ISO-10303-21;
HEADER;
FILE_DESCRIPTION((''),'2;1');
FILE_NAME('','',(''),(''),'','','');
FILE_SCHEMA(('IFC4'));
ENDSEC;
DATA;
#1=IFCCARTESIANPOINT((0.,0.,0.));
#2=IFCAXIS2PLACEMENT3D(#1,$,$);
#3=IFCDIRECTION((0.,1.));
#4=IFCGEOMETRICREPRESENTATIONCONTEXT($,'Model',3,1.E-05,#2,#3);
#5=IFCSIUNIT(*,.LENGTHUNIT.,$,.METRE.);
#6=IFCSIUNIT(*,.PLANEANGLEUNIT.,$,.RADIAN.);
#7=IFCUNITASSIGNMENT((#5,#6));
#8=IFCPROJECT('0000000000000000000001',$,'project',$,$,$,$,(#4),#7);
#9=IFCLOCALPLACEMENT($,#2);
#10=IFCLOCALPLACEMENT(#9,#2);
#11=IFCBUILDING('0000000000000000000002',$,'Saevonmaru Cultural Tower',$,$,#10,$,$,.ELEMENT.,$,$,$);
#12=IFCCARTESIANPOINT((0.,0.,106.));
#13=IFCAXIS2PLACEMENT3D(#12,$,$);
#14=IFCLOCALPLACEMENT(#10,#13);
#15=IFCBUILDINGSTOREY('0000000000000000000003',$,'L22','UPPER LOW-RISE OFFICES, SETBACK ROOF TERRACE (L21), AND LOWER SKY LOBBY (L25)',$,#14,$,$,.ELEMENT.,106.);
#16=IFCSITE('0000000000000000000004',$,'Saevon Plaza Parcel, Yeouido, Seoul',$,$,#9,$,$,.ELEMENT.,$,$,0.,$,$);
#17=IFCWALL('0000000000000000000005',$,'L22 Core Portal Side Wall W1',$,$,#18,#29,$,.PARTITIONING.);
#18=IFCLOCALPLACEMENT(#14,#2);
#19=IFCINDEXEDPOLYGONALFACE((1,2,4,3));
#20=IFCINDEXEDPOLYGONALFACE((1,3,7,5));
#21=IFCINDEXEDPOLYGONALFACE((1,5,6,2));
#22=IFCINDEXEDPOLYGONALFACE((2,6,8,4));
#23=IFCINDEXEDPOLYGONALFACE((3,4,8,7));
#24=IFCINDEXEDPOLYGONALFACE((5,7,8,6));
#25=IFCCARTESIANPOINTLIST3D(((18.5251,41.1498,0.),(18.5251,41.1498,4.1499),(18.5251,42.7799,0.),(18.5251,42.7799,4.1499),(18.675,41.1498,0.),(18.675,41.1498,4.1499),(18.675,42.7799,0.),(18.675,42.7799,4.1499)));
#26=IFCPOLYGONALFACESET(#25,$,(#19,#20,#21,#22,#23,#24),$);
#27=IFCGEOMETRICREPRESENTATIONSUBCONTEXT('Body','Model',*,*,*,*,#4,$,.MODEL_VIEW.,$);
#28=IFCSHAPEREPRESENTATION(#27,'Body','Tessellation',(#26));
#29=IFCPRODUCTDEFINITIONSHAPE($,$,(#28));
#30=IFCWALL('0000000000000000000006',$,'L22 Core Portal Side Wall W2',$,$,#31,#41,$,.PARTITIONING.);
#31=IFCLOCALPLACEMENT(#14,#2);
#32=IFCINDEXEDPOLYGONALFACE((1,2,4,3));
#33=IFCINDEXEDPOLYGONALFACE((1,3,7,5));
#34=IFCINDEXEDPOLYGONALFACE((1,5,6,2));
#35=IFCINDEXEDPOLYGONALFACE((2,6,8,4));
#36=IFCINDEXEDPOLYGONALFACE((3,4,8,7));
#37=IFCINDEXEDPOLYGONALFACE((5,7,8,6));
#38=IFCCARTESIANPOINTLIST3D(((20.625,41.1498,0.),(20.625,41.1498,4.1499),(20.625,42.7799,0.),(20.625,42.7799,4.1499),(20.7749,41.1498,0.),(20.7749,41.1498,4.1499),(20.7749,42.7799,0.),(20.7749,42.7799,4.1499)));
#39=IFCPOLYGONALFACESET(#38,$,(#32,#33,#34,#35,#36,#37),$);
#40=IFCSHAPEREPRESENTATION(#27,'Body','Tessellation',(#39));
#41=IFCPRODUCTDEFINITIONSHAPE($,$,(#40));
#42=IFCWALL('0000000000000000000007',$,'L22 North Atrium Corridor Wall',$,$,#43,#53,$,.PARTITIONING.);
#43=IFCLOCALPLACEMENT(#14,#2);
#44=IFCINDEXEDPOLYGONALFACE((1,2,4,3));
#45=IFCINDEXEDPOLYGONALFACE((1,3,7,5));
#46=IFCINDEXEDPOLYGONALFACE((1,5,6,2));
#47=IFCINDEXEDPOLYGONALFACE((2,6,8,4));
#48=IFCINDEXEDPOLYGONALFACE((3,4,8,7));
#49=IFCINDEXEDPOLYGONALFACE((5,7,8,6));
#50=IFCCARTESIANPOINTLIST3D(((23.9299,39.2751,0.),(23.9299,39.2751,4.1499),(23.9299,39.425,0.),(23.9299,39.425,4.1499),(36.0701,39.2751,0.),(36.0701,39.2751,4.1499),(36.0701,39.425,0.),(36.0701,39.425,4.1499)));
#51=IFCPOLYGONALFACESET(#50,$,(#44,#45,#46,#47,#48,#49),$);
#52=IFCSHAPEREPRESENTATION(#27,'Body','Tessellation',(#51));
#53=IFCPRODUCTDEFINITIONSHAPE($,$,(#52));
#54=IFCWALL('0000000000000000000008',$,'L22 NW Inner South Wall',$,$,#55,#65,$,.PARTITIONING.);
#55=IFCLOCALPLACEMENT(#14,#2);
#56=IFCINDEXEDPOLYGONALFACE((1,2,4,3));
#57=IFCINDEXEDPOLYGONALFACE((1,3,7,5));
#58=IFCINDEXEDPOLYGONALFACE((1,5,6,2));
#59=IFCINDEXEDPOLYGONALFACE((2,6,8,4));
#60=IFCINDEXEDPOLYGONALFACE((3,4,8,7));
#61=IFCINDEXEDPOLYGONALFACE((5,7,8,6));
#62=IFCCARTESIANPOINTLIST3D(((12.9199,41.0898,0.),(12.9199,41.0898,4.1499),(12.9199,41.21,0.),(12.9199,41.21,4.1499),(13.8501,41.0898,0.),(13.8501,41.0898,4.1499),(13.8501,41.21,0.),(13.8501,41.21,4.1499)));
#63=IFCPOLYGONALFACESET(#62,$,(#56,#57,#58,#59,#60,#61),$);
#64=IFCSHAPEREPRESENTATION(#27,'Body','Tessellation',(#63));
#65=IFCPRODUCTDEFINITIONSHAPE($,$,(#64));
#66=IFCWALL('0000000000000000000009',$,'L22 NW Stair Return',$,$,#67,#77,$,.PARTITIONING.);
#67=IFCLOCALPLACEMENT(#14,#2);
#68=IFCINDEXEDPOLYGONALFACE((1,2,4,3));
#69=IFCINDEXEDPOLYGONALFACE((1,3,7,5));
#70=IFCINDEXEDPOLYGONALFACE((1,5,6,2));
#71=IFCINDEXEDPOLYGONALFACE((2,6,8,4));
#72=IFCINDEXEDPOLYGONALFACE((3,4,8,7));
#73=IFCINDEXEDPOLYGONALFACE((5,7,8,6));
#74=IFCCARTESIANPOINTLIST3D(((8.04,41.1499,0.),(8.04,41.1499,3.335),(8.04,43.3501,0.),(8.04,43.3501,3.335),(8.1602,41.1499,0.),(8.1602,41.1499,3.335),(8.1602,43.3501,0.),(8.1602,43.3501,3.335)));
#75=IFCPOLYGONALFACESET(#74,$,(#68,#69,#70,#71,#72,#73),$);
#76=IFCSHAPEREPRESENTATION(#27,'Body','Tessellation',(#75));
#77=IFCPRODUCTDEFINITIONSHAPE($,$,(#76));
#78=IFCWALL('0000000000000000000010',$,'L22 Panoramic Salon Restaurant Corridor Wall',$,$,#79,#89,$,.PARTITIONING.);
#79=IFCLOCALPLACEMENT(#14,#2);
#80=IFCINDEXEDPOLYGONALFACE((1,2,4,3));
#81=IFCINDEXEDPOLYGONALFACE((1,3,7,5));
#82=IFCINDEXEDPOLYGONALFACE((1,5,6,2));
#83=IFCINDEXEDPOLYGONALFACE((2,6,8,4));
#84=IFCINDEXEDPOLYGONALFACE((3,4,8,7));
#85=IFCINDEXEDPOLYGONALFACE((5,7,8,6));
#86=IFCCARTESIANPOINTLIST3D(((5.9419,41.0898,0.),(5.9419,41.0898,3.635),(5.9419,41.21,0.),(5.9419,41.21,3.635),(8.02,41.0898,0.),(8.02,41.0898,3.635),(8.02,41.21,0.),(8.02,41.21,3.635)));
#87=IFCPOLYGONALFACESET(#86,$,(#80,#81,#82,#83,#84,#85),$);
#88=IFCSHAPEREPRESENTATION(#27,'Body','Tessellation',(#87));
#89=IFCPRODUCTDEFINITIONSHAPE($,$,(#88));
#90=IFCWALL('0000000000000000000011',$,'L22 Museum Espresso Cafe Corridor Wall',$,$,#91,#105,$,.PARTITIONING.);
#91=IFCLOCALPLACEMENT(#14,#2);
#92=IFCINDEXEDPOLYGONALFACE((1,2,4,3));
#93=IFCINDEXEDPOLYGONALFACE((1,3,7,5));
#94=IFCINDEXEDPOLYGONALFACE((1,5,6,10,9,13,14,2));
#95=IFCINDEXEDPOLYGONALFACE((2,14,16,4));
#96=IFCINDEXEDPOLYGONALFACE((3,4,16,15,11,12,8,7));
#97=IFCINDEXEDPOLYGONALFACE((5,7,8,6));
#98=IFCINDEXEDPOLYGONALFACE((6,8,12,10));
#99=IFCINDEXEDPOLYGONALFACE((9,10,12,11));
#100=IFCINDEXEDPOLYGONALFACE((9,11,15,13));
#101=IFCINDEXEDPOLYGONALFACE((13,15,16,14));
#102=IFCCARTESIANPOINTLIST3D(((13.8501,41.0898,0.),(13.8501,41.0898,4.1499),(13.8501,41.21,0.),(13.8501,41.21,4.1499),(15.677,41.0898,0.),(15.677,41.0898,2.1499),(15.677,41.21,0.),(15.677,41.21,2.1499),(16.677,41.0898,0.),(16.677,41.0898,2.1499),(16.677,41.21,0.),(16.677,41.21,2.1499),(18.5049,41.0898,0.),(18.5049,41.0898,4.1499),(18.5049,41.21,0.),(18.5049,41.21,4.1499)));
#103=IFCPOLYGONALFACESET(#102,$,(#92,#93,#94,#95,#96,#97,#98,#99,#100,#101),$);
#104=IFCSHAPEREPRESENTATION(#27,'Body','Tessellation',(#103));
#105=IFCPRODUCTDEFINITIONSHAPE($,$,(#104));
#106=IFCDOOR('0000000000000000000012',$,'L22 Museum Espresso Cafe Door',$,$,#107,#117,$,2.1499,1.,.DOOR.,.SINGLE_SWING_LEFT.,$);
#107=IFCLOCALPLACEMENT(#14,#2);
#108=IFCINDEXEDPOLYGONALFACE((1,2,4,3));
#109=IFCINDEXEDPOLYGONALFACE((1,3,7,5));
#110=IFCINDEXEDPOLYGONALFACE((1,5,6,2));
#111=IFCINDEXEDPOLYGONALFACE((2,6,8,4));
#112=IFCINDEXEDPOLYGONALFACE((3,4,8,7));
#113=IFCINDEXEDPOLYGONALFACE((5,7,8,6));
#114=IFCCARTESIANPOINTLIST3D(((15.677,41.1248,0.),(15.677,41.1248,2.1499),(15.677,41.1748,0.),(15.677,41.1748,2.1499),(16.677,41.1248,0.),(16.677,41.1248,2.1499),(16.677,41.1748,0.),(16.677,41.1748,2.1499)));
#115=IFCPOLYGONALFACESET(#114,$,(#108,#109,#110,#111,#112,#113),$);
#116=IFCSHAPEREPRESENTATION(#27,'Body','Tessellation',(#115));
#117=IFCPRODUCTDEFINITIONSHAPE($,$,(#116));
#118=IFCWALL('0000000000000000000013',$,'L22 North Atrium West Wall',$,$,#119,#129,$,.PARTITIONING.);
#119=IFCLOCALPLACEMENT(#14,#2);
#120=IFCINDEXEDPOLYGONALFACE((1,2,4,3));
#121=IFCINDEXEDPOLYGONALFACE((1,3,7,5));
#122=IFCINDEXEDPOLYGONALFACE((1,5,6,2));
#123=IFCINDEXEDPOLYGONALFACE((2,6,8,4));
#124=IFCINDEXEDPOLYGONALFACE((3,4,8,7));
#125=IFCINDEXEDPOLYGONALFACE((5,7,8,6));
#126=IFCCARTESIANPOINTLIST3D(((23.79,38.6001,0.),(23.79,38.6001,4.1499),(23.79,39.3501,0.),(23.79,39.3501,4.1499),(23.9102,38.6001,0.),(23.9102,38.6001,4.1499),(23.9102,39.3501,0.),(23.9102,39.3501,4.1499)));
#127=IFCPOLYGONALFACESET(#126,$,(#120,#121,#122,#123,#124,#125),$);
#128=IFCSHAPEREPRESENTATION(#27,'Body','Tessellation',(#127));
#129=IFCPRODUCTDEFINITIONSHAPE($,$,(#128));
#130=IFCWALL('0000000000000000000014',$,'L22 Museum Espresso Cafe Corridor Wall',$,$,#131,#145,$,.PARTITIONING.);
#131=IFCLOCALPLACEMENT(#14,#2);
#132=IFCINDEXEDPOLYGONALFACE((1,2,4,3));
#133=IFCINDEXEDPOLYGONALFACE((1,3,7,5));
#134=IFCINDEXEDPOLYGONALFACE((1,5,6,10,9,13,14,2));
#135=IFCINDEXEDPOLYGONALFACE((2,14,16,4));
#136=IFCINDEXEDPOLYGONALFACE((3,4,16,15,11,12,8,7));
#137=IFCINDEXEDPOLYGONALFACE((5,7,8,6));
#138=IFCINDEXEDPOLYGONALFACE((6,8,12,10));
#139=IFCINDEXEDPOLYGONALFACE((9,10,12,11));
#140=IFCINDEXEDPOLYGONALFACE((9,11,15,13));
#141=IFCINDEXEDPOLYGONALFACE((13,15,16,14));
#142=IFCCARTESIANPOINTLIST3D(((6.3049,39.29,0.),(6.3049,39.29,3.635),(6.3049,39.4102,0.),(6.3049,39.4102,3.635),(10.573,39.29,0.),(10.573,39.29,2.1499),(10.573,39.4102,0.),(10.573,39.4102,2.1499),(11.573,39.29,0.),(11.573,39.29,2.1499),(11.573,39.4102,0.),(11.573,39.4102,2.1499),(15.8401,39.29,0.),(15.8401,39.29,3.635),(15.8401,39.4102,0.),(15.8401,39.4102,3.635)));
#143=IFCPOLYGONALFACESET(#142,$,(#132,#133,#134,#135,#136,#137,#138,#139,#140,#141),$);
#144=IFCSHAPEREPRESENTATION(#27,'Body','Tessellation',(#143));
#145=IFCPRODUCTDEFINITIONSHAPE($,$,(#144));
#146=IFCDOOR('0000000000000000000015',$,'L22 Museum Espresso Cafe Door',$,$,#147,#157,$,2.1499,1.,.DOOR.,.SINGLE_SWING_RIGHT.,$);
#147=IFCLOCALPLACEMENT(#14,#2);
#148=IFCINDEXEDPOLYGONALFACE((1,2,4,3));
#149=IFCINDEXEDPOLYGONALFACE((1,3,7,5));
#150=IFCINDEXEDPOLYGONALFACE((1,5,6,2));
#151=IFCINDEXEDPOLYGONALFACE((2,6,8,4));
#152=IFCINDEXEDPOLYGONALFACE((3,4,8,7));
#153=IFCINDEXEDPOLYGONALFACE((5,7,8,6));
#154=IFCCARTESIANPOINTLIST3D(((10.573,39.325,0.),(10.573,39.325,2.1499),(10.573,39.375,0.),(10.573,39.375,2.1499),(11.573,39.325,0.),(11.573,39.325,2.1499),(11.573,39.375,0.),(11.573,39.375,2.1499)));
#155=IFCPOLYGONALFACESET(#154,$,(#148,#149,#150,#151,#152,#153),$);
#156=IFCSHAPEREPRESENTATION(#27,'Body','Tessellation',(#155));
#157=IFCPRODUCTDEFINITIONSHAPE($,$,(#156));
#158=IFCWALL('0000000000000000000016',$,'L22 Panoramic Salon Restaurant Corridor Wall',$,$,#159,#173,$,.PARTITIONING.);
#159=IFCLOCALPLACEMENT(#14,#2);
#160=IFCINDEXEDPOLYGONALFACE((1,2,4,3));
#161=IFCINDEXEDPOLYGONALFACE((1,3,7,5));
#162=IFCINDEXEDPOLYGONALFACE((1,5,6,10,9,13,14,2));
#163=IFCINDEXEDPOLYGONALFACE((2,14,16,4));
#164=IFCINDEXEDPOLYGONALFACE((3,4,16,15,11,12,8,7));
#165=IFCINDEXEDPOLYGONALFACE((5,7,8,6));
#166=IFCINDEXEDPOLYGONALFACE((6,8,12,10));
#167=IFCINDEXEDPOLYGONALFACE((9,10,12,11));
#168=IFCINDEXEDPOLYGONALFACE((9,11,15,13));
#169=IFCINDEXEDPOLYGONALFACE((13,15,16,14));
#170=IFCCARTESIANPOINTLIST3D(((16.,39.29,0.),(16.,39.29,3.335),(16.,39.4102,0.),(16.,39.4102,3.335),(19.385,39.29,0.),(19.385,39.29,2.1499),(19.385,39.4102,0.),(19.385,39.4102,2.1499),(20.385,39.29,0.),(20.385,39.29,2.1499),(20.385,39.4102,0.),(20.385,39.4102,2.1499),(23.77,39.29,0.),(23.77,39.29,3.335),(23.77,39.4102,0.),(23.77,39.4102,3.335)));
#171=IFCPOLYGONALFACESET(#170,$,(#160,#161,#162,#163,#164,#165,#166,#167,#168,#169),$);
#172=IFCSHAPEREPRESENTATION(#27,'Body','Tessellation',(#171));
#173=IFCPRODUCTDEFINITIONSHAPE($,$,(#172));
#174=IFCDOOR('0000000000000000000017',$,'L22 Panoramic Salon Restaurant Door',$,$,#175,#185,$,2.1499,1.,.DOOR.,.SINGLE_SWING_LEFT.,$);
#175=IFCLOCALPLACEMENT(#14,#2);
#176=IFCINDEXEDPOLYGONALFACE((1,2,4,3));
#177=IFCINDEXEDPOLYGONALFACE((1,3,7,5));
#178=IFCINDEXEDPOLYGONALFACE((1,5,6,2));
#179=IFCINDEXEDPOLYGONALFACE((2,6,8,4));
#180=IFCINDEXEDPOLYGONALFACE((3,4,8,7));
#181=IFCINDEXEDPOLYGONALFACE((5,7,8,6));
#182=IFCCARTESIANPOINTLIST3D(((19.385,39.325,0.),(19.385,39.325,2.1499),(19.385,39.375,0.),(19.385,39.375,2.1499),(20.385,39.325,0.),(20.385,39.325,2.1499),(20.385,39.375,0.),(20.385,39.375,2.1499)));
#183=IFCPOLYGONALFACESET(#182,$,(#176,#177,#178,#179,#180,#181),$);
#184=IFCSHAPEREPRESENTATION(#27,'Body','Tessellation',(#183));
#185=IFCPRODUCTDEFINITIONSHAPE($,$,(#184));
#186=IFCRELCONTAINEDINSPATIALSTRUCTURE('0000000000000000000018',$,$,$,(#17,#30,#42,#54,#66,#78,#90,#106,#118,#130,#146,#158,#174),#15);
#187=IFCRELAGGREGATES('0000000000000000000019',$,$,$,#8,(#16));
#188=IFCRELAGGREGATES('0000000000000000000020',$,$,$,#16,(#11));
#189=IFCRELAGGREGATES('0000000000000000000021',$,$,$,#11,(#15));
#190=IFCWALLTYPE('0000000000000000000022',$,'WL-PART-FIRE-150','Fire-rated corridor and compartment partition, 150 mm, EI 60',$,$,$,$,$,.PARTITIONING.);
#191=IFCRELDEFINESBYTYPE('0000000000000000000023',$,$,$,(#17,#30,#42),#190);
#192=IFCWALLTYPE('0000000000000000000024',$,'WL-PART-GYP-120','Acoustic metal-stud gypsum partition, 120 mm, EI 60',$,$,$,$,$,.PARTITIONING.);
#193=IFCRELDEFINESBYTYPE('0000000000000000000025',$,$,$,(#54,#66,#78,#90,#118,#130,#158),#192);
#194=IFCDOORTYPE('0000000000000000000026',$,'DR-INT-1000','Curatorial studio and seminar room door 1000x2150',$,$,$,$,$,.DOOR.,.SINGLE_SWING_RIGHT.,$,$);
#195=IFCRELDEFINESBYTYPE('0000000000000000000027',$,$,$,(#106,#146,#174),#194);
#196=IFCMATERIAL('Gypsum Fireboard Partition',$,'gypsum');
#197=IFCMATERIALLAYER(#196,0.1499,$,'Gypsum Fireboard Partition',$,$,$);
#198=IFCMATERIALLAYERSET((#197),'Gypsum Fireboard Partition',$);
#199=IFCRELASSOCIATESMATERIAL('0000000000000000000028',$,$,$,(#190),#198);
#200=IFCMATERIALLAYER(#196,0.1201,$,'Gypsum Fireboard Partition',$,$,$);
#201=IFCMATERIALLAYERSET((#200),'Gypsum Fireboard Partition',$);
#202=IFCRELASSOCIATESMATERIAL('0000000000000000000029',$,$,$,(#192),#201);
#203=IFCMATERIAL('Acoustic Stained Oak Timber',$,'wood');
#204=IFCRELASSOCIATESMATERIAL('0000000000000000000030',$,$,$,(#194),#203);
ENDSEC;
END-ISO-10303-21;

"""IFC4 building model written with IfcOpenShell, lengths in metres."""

from ifc_helpers import new_model, si_unit, direction, frame, frame_2d, origin, place, context, subcontext, project, spatial, rectangle, extrude, material, layer, layer_set, type_object, element, fill, save


model = new_model("IFC4")

# Units and contexts
model_context = context("Model", 3, precision=1e-05, world=origin(), true_north=direction((0.0, 1.0)))
body_context = subcontext(model_context, "Body", "Model", "MODEL_VIEW")
ifc_project = project(units=[si_unit("LENGTHUNIT", "METRE"), si_unit("PLANEANGLEUNIT", "RADIAN")], contexts=[model_context])

# Site, building, storey
site_placement = place(None, origin())
site = spatial("IfcSite", under=ifc_project, at=site_placement, Name="Saevon Plaza Parcel, Yeouido, Seoul", CompositionType="ELEMENT", RefElevation=0.0)
building_placement = place(site_placement, origin())
building = spatial("IfcBuilding", under=site, at=building_placement, Name="Saevonmaru Cultural Tower", CompositionType="ELEMENT")
storey_placement = place(building_placement, frame((0.0, 0.0, 106.0)))
storey = spatial("IfcBuildingStorey", under=building, at=storey_placement, Name="L22", Description="UPPER LOW-RISE OFFICES, SETBACK ROOF TERRACE (L21), AND LOWER SKY LOBBY (L25)", CompositionType="ELEMENT", Elevation=106.0)

# Walls
ifc_material_1 = material(Name="Gypsum Fireboard Partition", Category="gypsum")
ifc_layer_1 = layer(ifc_material_1, 0.1499, Name="Gypsum Fireboard Partition")
ifc_layer_set_1 = layer_set([ifc_layer_1], Name="Gypsum Fireboard Partition")
wall_type_1 = type_object("IfcWallType", Name="WL-PART-FIRE-150", Description="Fire-rated corridor and compartment partition, 150 mm, EI 60", PredefinedType="PARTITIONING", material=ifc_layer_set_1)
for number, where, z_axis, x_axis, name in (
    (1, (18.6001, 41.1499, 0.0), (0.0, 0.0, 1.0), (0.0, 1.0, 0.0), "L22 Core Portal Side Wall W1"),
    (2, (20.7, 41.1499, 0.0), (0.0, 0.0, 1.0), (0.0, 1.0, 0.0), "L22 Core Portal Side Wall W2"),
):
    element("IfcWall", number, at=place(storey_placement, frame(where, z_axis=z_axis, x_axis=x_axis)), inside=storey, type_object=wall_type_1, Name=name, PredefinedType="PARTITIONING", context=body_context, shape_type="SweptSolid", body=[
        extrude(rectangle(XDim=1.6301, YDim=0.1499, at=frame_2d((0.8149, 0.0))), origin(), (0.0, 0.0, 1.0), 4.1499),
    ])
wall_1_placement = place(storey_placement, frame((23.9299, 39.3501, 0.0), z_axis=(0.0, 0.0, 1.0), x_axis=(1.0, 0.0, 0.0)))
element("IfcWall", 3, at=wall_1_placement, inside=storey, type_object=wall_type_1, Name="L22 North Atrium Corridor Wall", PredefinedType="PARTITIONING", context=body_context, shape_type="SweptSolid", body=[
    extrude(rectangle(XDim=12.1401, YDim=0.1499, at=frame_2d((6.0701, 0.0))), origin(), (0.0, 0.0, 1.0), 4.1499),
])
ifc_layer_2 = layer(ifc_material_1, 0.1201, Name="Gypsum Fireboard Partition")
ifc_layer_set_2 = layer_set([ifc_layer_2], Name="Gypsum Fireboard Partition")
wall_type_2 = type_object("IfcWallType", Name="WL-PART-GYP-120", Description="Acoustic metal-stud gypsum partition, 120 mm, EI 60", PredefinedType="PARTITIONING", material=ifc_layer_set_2)
wall_2_placement = place(storey_placement, frame((12.9199, 41.1499, 0.0), z_axis=(0.0, 0.0, 1.0), x_axis=(1.0, 0.0, 0.0)))
element("IfcWall", 4, at=wall_2_placement, inside=storey, type_object=wall_type_2, Name="L22 NW Inner South Wall", PredefinedType="PARTITIONING", context=body_context, shape_type="SweptSolid", body=[
    extrude(rectangle(XDim=0.9302, YDim=0.1201, at=frame_2d((0.4651, 0.0))), origin(), (0.0, 0.0, 1.0), 4.1499),
])
wall_3_placement = place(storey_placement, frame((8.1001, 41.1499, 0.0), z_axis=(0.0, 0.0, 1.0), x_axis=(0.0, 1.0, 0.0)))
element("IfcWall", 5, at=wall_3_placement, inside=storey, type_object=wall_type_2, Name="L22 NW Stair Return", PredefinedType="PARTITIONING", context=body_context, shape_type="SweptSolid", body=[
    extrude(rectangle(XDim=2.2002, YDim=0.1201, at=frame_2d((1.1001, 0.0))), origin(), (0.0, 0.0, 1.0), 3.335),
])
wall_4_placement = place(storey_placement, frame((5.9419, 41.1499, 0.0), z_axis=(0.0, 0.0, 1.0), x_axis=(1.0, 0.0, 0.0)))
element("IfcWall", 6, at=wall_4_placement, inside=storey, type_object=wall_type_2, Name="L22 Panoramic Salon Restaurant Corridor Wall", PredefinedType="PARTITIONING", context=body_context, shape_type="SweptSolid", body=[
    extrude(rectangle(XDim=2.0781, YDim=0.1201, at=frame_2d((1.0391, 0.0))), origin(), (0.0, 0.0, 1.0), 3.635),
])

# Wall, opening, door
wall_5_placement = place(storey_placement, frame((13.8501, 41.1499, 0.0), z_axis=(0.0, 0.0, 1.0), x_axis=(1.0, 0.0, 0.0)))
wall_5 = element("IfcWall", 7, at=wall_5_placement, inside=storey, type_object=wall_type_2, Name="L22 Museum Espresso Cafe Corridor Wall", PredefinedType="PARTITIONING", context=body_context, shape_type="SweptSolid", body=[
    extrude(rectangle(XDim=4.6548, YDim=0.1201, at=frame_2d((2.3274, 0.0))), origin(), (0.0, 0.0, 1.0), 4.1499),
])
opening_1_placement = place(wall_5_placement, frame((1.8269, 0.0, 0.0)))
opening_1 = element("IfcOpeningElement", 8, at=opening_1_placement, cuts=wall_5, PredefinedType="OPENING", context=body_context, shape_type="SweptSolid", body=[
    extrude(rectangle(XDim=1.0, YDim=2.1499, at=frame_2d((0.5, 1.075))), frame((0.0, 0.0701, 0.0), z_axis=(0.0, -1.0, 0.0), x_axis=(1.0, 0.0, 0.0)), (0.0, 0.0, 1.0), 0.1401),
])
ifc_material_2 = material(Name="Acoustic Stained Oak Timber", Category="wood")
door_type = type_object("IfcDoorType", Name="DR-INT-1000", Description="Curatorial studio and seminar room door 1000x2150", OperationType="SINGLE_SWING_RIGHT", PredefinedType="DOOR", material=ifc_material_2)
door_1_placement = place(opening_1_placement, origin())
door_1 = element("IfcDoor", 9, at=door_1_placement, inside=storey, type_object=door_type, Name="L22 Museum Espresso Cafe Door", OperationType="SINGLE_SWING_LEFT", OverallHeight=2.1499, OverallWidth=1.0, PredefinedType="DOOR", context=body_context, shape_type="SweptSolid", body=[
    extrude(rectangle(XDim=1.0, YDim=2.1499, at=frame_2d((0.5, 1.075))), frame((0.0, 0.0249, 0.0), z_axis=(0.0, -1.0, 0.0), x_axis=(1.0, 0.0, 0.0)), (0.0, 0.0, 1.0), 0.05),
])
fill(opening_1, door_1)

# Wall
wall_6_placement = place(storey_placement, frame((23.8501, 38.6001, 0.0), z_axis=(0.0, 0.0, 1.0), x_axis=(0.0, 1.0, 0.0)))
element("IfcWall", 10, at=wall_6_placement, inside=storey, type_object=wall_type_2, Name="L22 North Atrium West Wall", PredefinedType="PARTITIONING", context=body_context, shape_type="SweptSolid", body=[
    extrude(rectangle(XDim=0.75, YDim=0.1201, at=frame_2d((0.375, 0.0))), origin(), (0.0, 0.0, 1.0), 4.1499),
])

# Walls, openings, doors
wall_7_placement = place(storey_placement, frame((6.3049, 39.3501, 0.0), z_axis=(0.0, 0.0, 1.0), x_axis=(1.0, 0.0, 0.0)))
wall_7 = element("IfcWall", 11, at=wall_7_placement, inside=storey, type_object=wall_type_2, Name="L22 Museum Espresso Cafe Corridor Wall", PredefinedType="PARTITIONING", context=body_context, shape_type="SweptSolid", body=[
    extrude(rectangle(XDim=9.5352, YDim=0.1201, at=frame_2d((4.7676, 0.0))), origin(), (0.0, 0.0, 1.0), 3.635),
])
opening_2_placement = place(wall_7_placement, frame((4.2681, 0.0, 0.0)))
opening_2 = element("IfcOpeningElement", 12, at=opening_2_placement, cuts=wall_7, PredefinedType="OPENING", context=body_context, shape_type="SweptSolid", body=[
    extrude(rectangle(XDim=1.0, YDim=2.1499, at=frame_2d((0.5, 1.075))), frame((0.0, 0.0701, 0.0), z_axis=(0.0, -1.0, 0.0), x_axis=(1.0, 0.0, 0.0)), (0.0, 0.0, 1.0), 0.1401),
])
door_2_placement = place(opening_2_placement, origin())
door_2 = element("IfcDoor", 13, at=door_2_placement, inside=storey, type_object=door_type, Name="L22 Museum Espresso Cafe Door", OperationType="SINGLE_SWING_RIGHT", OverallHeight=2.1499, OverallWidth=1.0, PredefinedType="DOOR", context=body_context, shape_type="SweptSolid", body=[
    extrude(rectangle(XDim=1.0, YDim=2.1499, at=frame_2d((0.5, 1.075))), frame((0.0, 0.0249, 0.0), z_axis=(0.0, -1.0, 0.0), x_axis=(1.0, 0.0, 0.0)), (0.0, 0.0, 1.0), 0.05),
])
fill(opening_2, door_2)
wall_8_placement = place(storey_placement, frame((16.0, 39.3501, 0.0), z_axis=(0.0, 0.0, 1.0), x_axis=(1.0, 0.0, 0.0)))
wall_8 = element("IfcWall", 14, at=wall_8_placement, inside=storey, type_object=wall_type_2, Name="L22 Panoramic Salon Restaurant Corridor Wall", PredefinedType="PARTITIONING", context=body_context, shape_type="SweptSolid", body=[
    extrude(rectangle(XDim=7.77, YDim=0.1201, at=frame_2d((3.885, 0.0))), origin(), (0.0, 0.0, 1.0), 3.335),
])
opening_3_placement = place(wall_8_placement, frame((3.385, 0.0, 0.0)))
opening_3 = element("IfcOpeningElement", 15, at=opening_3_placement, cuts=wall_8, PredefinedType="OPENING", context=body_context, shape_type="SweptSolid", body=[
    extrude(rectangle(XDim=1.0, YDim=2.1499, at=frame_2d((0.5, 1.075))), frame((0.0, 0.0701, 0.0), z_axis=(0.0, -1.0, 0.0), x_axis=(1.0, 0.0, 0.0)), (0.0, 0.0, 1.0), 0.1401),
])
door_3_placement = place(opening_3_placement, origin())
door_3 = element("IfcDoor", 16, at=door_3_placement, inside=storey, type_object=door_type, Name="L22 Panoramic Salon Restaurant Door", OperationType="SINGLE_SWING_LEFT", OverallHeight=2.1499, OverallWidth=1.0, PredefinedType="DOOR", context=body_context, shape_type="SweptSolid", body=[
    extrude(rectangle(XDim=1.0, YDim=2.1499, at=frame_2d((0.5, 1.075))), frame((0.0, 0.0249, 0.0), z_axis=(0.0, -1.0, 0.0), x_axis=(1.0, 0.0, 0.0)), (0.0, 0.0, 1.0), 0.05),
])
fill(opening_3, door_3)

save(model, "model.ifc")
